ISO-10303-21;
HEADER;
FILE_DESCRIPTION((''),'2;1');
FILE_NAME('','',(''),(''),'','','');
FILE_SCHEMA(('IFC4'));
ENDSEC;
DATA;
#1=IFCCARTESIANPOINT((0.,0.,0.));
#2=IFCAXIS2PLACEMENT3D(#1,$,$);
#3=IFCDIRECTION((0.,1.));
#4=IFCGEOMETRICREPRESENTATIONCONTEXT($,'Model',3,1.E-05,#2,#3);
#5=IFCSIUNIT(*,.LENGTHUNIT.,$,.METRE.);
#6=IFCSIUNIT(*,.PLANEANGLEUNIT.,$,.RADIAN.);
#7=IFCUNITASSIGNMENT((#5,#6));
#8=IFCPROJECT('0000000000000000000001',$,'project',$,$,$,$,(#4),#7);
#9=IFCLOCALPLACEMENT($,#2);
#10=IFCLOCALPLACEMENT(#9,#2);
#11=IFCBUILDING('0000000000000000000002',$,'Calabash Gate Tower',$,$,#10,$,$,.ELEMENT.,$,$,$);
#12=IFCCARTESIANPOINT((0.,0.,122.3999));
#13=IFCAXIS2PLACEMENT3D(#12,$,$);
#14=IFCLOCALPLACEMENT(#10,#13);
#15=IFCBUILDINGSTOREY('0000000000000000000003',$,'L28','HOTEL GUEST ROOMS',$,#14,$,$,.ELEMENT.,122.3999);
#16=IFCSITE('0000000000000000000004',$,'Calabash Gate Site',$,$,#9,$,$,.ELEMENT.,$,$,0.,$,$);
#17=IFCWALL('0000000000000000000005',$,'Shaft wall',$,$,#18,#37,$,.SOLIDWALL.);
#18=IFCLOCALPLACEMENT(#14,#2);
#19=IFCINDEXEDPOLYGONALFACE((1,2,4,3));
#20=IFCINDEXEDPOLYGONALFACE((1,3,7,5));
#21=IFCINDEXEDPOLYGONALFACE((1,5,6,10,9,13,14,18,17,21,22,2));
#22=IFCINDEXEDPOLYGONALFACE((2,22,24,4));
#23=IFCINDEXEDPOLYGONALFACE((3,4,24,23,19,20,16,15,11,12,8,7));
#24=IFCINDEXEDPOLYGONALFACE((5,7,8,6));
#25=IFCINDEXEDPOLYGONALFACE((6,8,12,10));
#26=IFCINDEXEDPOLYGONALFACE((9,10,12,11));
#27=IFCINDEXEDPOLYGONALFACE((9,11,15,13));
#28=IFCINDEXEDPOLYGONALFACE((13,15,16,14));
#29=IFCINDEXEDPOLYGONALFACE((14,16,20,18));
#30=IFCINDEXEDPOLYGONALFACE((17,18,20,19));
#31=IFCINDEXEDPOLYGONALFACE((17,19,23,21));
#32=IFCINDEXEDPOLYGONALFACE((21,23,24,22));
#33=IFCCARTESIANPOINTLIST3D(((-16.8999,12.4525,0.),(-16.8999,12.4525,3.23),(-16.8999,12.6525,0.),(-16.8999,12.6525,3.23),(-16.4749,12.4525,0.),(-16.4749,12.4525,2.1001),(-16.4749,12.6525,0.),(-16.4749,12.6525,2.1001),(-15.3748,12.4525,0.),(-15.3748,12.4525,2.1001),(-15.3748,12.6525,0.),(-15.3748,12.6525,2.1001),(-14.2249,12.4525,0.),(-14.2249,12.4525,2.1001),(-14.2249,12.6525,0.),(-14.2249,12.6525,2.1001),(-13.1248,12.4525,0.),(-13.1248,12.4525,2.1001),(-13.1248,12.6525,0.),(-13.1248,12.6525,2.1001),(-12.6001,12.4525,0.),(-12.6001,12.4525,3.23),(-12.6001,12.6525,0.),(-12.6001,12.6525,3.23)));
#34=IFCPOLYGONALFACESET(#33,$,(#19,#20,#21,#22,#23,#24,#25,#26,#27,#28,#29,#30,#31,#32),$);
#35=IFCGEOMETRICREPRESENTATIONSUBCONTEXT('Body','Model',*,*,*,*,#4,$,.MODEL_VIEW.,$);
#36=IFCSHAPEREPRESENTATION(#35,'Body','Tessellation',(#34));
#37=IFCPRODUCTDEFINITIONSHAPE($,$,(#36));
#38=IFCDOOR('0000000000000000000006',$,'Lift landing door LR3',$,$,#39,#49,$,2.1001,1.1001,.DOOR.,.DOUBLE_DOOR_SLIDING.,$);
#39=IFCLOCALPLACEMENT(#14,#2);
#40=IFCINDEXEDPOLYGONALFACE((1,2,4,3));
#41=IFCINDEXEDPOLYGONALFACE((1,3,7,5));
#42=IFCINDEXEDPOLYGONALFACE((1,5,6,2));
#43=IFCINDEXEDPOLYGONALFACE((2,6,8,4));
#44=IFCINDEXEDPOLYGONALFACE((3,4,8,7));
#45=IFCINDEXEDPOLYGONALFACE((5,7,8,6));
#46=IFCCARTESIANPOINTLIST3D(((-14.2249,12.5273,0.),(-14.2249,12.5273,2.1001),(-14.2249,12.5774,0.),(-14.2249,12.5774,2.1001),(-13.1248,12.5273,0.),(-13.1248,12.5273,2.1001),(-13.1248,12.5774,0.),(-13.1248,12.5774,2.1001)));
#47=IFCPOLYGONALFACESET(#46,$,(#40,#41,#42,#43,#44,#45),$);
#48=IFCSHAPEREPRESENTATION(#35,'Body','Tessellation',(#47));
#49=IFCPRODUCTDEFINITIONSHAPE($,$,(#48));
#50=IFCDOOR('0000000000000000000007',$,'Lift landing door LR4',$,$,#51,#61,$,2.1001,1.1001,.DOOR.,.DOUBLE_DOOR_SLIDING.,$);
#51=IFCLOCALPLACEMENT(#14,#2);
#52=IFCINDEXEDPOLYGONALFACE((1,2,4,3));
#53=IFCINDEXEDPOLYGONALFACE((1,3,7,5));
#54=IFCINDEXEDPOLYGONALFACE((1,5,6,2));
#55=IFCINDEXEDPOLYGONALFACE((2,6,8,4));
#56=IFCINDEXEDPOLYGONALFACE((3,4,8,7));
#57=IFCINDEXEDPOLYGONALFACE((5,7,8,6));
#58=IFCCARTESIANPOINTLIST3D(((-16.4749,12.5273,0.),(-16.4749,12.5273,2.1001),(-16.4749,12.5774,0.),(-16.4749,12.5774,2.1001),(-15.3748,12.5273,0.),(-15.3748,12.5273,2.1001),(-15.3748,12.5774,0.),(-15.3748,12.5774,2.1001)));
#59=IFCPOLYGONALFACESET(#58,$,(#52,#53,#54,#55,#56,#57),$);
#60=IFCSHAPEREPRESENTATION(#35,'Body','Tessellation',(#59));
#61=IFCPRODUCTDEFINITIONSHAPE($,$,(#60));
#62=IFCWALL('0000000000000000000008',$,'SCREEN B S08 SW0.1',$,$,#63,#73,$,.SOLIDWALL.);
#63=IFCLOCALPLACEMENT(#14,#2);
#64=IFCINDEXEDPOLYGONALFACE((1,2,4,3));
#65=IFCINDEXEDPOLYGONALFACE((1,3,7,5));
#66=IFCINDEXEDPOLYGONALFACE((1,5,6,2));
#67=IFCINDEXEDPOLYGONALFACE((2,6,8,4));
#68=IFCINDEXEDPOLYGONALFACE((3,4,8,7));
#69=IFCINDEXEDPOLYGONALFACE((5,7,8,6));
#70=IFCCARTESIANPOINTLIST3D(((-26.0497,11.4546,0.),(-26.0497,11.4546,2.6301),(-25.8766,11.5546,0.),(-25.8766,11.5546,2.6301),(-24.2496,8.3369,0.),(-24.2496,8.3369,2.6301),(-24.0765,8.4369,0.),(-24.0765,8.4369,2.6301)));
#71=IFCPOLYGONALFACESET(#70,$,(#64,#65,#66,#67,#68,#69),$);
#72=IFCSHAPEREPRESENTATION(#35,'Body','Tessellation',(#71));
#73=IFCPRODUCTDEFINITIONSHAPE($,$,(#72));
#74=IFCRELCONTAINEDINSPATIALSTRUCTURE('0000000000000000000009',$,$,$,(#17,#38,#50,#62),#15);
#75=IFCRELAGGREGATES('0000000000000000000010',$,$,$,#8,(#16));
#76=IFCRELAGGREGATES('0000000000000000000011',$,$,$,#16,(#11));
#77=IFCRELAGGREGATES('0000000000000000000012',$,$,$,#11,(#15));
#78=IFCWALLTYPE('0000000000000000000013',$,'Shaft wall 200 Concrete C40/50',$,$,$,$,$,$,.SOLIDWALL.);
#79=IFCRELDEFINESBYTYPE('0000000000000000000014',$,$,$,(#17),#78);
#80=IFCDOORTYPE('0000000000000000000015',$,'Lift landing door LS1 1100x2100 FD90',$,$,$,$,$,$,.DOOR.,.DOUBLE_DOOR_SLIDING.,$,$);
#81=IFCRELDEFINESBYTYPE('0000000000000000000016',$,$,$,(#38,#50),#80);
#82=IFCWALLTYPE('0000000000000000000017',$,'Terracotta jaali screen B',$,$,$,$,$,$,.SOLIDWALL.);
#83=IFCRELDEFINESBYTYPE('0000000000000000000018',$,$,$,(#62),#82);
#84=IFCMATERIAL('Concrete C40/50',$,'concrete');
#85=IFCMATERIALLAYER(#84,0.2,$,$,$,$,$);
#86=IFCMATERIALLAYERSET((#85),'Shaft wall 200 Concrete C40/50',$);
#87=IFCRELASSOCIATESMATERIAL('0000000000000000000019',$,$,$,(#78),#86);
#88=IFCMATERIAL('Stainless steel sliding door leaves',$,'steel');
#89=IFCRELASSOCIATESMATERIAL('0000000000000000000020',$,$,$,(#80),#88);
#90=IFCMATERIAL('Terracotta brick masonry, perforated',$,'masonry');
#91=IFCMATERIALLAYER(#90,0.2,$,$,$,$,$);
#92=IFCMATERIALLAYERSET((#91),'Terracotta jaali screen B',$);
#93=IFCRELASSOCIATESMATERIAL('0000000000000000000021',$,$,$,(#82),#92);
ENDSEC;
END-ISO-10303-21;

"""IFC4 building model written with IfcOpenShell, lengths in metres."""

from ifc_helpers import new_model, si_unit, direction, frame, frame_2d, origin, place, context, subcontext, project, spatial, rectangle, extrude, material, layer, layer_set, type_object, element, fill, save


model = new_model("IFC4")

# Units and contexts
model_context = context("Model", 3, precision=1e-05, world=origin(), true_north=direction((0.0, 1.0)))
body_context = subcontext(model_context, "Body", "Model", "MODEL_VIEW")
ifc_project = project(units=[si_unit("LENGTHUNIT", "METRE"), si_unit("PLANEANGLEUNIT", "RADIAN")], contexts=[model_context])

# Site, building, storey
site_placement = place(None, origin())
site = spatial("IfcSite", under=ifc_project, at=site_placement, Name="Calabash Gate Site", CompositionType="ELEMENT", RefElevation=0.0)
building_placement = place(site_placement, origin())
building = spatial("IfcBuilding", under=site, at=building_placement, Name="Calabash Gate Tower", CompositionType="ELEMENT")
storey_placement = place(building_placement, frame((0.0, 0.0, 122.3999)))
storey = spatial("IfcBuildingStorey", under=building, at=storey_placement, Name="L28", Description="HOTEL GUEST ROOMS", CompositionType="ELEMENT", Elevation=122.3999)

# Wall, openings, doors
ifc_material_1 = material(Name="Concrete C40/50", Category="concrete")
ifc_layer_1 = layer(ifc_material_1, 0.2)
ifc_layer_set_1 = layer_set([ifc_layer_1], Name="Shaft wall 200 Concrete C40/50")
wall_type_1 = type_object("IfcWallType", Name="Shaft wall 200 Concrete C40/50", PredefinedType="SOLIDWALL", material=ifc_layer_set_1)
ifc_material_2 = material(Name="Stainless steel sliding door leaves", Category="steel")
door_type_1 = type_object("IfcDoorType", Name="Lift landing door LS1 1100x2100 FD90", OperationType="DOUBLE_DOOR_SLIDING", PredefinedType="DOOR", material=ifc_material_2)
wall_1_placement = place(storey_placement, frame((-16.8999, 12.5525, 0.0), z_axis=(0.0, 0.0, 1.0), x_axis=(1.0, 0.0, 0.0)))
wall_1 = element("IfcWall", 1, at=wall_1_placement, inside=storey, type_object=wall_type_1, Name="Shaft wall", PredefinedType="SOLIDWALL", context=body_context, shape_type="SweptSolid", body=[
    extrude(rectangle(XDim=4.2998, YDim=0.2, at=frame_2d((2.1499, 0.0))), origin(), (0.0, 0.0, 1.0), 3.23),
])
opening_1_placement = place(wall_1_placement, frame((2.675, 0.0, 0.0)))
opening_1 = element("IfcOpeningElement", 2, at=opening_1_placement, cuts=wall_1, PredefinedType="OPENING", context=body_context, shape_type="SweptSolid", body=[
    extrude(rectangle(XDim=1.1001, YDim=2.1001, at=frame_2d((0.55, 1.05))), frame((0.0, 0.1099, 0.0), z_axis=(0.0, -1.0, 0.0), x_axis=(1.0, 0.0, 0.0)), (0.0, 0.0, 1.0), 0.22),
])
opening_2_placement = place(wall_1_placement, frame((0.425, 0.0, 0.0)))
opening_2 = element("IfcOpeningElement", 3, at=opening_2_placement, cuts=wall_1, PredefinedType="OPENING", context=body_context, shape_type="SweptSolid", body=[
    extrude(rectangle(XDim=1.1001, YDim=2.1001, at=frame_2d((0.55, 1.05))), frame((0.0, 0.1099, 0.0), z_axis=(0.0, -1.0, 0.0), x_axis=(1.0, 0.0, 0.0)), (0.0, 0.0, 1.0), 0.22),
])
door_1_placement = place(opening_1_placement, origin())
door_1 = element("IfcDoor", 4, at=door_1_placement, inside=storey, type_object=door_type_1, Name="Lift landing door LR3", OperationType="DOUBLE_DOOR_SLIDING", OverallHeight=2.1001, OverallWidth=1.1001, PredefinedType="DOOR", context=body_context, shape_type="SweptSolid", body=[
    extrude(rectangle(XDim=1.1001, YDim=2.1001, at=frame_2d((0.55, 1.05))), frame((0.0, 0.0249, 0.0), z_axis=(0.0, -1.0, 0.0), x_axis=(1.0, 0.0, 0.0)), (0.0, 0.0, 1.0), 0.05),
])
fill(opening_1, door_1)
door_2_placement = place(opening_2_placement, origin())
door_2 = element("IfcDoor", 5, at=door_2_placement, inside=storey, type_object=door_type_1, Name="Lift landing door LR4", OperationType="DOUBLE_DOOR_SLIDING", OverallHeight=2.1001, OverallWidth=1.1001, PredefinedType="DOOR", context=body_context, shape_type="SweptSolid", body=[
    extrude(rectangle(XDim=1.1001, YDim=2.1001, at=frame_2d((0.55, 1.05))), frame((0.0, 0.0249, 0.0), z_axis=(0.0, -1.0, 0.0), x_axis=(1.0, 0.0, 0.0)), (0.0, 0.0, 1.0), 0.05),
])
fill(opening_2, door_2)

# Wall
ifc_material_3 = material(Name="Terracotta brick masonry, perforated", Category="masonry")
ifc_layer_2 = layer(ifc_material_3, 0.2)
ifc_layer_set_2 = layer_set([ifc_layer_2], Name="Terracotta jaali screen B")
wall_type_2 = type_object("IfcWallType", Name="Terracotta jaali screen B", PredefinedType="SOLIDWALL", material=ifc_layer_set_2)
wall_2_placement = place(storey_placement, frame((-25.9631, 11.5046, 0.0), z_axis=(0.0, 0.0, 1.0), x_axis=(0.500012, -0.866018, 0.0)))
element("IfcWall", 6, at=wall_2_placement, inside=storey, type_object=wall_type_2, Name="SCREEN B S08 SW0.1", PredefinedType="SOLIDWALL", context=body_context, shape_type="SweptSolid", body=[
    extrude(rectangle(XDim=3.6001, YDim=0.2, at=frame_2d((1.8, 0.0))), origin(), (0.0, 0.0, 1.0), 2.6301),
])

save(model, "model.ifc")
